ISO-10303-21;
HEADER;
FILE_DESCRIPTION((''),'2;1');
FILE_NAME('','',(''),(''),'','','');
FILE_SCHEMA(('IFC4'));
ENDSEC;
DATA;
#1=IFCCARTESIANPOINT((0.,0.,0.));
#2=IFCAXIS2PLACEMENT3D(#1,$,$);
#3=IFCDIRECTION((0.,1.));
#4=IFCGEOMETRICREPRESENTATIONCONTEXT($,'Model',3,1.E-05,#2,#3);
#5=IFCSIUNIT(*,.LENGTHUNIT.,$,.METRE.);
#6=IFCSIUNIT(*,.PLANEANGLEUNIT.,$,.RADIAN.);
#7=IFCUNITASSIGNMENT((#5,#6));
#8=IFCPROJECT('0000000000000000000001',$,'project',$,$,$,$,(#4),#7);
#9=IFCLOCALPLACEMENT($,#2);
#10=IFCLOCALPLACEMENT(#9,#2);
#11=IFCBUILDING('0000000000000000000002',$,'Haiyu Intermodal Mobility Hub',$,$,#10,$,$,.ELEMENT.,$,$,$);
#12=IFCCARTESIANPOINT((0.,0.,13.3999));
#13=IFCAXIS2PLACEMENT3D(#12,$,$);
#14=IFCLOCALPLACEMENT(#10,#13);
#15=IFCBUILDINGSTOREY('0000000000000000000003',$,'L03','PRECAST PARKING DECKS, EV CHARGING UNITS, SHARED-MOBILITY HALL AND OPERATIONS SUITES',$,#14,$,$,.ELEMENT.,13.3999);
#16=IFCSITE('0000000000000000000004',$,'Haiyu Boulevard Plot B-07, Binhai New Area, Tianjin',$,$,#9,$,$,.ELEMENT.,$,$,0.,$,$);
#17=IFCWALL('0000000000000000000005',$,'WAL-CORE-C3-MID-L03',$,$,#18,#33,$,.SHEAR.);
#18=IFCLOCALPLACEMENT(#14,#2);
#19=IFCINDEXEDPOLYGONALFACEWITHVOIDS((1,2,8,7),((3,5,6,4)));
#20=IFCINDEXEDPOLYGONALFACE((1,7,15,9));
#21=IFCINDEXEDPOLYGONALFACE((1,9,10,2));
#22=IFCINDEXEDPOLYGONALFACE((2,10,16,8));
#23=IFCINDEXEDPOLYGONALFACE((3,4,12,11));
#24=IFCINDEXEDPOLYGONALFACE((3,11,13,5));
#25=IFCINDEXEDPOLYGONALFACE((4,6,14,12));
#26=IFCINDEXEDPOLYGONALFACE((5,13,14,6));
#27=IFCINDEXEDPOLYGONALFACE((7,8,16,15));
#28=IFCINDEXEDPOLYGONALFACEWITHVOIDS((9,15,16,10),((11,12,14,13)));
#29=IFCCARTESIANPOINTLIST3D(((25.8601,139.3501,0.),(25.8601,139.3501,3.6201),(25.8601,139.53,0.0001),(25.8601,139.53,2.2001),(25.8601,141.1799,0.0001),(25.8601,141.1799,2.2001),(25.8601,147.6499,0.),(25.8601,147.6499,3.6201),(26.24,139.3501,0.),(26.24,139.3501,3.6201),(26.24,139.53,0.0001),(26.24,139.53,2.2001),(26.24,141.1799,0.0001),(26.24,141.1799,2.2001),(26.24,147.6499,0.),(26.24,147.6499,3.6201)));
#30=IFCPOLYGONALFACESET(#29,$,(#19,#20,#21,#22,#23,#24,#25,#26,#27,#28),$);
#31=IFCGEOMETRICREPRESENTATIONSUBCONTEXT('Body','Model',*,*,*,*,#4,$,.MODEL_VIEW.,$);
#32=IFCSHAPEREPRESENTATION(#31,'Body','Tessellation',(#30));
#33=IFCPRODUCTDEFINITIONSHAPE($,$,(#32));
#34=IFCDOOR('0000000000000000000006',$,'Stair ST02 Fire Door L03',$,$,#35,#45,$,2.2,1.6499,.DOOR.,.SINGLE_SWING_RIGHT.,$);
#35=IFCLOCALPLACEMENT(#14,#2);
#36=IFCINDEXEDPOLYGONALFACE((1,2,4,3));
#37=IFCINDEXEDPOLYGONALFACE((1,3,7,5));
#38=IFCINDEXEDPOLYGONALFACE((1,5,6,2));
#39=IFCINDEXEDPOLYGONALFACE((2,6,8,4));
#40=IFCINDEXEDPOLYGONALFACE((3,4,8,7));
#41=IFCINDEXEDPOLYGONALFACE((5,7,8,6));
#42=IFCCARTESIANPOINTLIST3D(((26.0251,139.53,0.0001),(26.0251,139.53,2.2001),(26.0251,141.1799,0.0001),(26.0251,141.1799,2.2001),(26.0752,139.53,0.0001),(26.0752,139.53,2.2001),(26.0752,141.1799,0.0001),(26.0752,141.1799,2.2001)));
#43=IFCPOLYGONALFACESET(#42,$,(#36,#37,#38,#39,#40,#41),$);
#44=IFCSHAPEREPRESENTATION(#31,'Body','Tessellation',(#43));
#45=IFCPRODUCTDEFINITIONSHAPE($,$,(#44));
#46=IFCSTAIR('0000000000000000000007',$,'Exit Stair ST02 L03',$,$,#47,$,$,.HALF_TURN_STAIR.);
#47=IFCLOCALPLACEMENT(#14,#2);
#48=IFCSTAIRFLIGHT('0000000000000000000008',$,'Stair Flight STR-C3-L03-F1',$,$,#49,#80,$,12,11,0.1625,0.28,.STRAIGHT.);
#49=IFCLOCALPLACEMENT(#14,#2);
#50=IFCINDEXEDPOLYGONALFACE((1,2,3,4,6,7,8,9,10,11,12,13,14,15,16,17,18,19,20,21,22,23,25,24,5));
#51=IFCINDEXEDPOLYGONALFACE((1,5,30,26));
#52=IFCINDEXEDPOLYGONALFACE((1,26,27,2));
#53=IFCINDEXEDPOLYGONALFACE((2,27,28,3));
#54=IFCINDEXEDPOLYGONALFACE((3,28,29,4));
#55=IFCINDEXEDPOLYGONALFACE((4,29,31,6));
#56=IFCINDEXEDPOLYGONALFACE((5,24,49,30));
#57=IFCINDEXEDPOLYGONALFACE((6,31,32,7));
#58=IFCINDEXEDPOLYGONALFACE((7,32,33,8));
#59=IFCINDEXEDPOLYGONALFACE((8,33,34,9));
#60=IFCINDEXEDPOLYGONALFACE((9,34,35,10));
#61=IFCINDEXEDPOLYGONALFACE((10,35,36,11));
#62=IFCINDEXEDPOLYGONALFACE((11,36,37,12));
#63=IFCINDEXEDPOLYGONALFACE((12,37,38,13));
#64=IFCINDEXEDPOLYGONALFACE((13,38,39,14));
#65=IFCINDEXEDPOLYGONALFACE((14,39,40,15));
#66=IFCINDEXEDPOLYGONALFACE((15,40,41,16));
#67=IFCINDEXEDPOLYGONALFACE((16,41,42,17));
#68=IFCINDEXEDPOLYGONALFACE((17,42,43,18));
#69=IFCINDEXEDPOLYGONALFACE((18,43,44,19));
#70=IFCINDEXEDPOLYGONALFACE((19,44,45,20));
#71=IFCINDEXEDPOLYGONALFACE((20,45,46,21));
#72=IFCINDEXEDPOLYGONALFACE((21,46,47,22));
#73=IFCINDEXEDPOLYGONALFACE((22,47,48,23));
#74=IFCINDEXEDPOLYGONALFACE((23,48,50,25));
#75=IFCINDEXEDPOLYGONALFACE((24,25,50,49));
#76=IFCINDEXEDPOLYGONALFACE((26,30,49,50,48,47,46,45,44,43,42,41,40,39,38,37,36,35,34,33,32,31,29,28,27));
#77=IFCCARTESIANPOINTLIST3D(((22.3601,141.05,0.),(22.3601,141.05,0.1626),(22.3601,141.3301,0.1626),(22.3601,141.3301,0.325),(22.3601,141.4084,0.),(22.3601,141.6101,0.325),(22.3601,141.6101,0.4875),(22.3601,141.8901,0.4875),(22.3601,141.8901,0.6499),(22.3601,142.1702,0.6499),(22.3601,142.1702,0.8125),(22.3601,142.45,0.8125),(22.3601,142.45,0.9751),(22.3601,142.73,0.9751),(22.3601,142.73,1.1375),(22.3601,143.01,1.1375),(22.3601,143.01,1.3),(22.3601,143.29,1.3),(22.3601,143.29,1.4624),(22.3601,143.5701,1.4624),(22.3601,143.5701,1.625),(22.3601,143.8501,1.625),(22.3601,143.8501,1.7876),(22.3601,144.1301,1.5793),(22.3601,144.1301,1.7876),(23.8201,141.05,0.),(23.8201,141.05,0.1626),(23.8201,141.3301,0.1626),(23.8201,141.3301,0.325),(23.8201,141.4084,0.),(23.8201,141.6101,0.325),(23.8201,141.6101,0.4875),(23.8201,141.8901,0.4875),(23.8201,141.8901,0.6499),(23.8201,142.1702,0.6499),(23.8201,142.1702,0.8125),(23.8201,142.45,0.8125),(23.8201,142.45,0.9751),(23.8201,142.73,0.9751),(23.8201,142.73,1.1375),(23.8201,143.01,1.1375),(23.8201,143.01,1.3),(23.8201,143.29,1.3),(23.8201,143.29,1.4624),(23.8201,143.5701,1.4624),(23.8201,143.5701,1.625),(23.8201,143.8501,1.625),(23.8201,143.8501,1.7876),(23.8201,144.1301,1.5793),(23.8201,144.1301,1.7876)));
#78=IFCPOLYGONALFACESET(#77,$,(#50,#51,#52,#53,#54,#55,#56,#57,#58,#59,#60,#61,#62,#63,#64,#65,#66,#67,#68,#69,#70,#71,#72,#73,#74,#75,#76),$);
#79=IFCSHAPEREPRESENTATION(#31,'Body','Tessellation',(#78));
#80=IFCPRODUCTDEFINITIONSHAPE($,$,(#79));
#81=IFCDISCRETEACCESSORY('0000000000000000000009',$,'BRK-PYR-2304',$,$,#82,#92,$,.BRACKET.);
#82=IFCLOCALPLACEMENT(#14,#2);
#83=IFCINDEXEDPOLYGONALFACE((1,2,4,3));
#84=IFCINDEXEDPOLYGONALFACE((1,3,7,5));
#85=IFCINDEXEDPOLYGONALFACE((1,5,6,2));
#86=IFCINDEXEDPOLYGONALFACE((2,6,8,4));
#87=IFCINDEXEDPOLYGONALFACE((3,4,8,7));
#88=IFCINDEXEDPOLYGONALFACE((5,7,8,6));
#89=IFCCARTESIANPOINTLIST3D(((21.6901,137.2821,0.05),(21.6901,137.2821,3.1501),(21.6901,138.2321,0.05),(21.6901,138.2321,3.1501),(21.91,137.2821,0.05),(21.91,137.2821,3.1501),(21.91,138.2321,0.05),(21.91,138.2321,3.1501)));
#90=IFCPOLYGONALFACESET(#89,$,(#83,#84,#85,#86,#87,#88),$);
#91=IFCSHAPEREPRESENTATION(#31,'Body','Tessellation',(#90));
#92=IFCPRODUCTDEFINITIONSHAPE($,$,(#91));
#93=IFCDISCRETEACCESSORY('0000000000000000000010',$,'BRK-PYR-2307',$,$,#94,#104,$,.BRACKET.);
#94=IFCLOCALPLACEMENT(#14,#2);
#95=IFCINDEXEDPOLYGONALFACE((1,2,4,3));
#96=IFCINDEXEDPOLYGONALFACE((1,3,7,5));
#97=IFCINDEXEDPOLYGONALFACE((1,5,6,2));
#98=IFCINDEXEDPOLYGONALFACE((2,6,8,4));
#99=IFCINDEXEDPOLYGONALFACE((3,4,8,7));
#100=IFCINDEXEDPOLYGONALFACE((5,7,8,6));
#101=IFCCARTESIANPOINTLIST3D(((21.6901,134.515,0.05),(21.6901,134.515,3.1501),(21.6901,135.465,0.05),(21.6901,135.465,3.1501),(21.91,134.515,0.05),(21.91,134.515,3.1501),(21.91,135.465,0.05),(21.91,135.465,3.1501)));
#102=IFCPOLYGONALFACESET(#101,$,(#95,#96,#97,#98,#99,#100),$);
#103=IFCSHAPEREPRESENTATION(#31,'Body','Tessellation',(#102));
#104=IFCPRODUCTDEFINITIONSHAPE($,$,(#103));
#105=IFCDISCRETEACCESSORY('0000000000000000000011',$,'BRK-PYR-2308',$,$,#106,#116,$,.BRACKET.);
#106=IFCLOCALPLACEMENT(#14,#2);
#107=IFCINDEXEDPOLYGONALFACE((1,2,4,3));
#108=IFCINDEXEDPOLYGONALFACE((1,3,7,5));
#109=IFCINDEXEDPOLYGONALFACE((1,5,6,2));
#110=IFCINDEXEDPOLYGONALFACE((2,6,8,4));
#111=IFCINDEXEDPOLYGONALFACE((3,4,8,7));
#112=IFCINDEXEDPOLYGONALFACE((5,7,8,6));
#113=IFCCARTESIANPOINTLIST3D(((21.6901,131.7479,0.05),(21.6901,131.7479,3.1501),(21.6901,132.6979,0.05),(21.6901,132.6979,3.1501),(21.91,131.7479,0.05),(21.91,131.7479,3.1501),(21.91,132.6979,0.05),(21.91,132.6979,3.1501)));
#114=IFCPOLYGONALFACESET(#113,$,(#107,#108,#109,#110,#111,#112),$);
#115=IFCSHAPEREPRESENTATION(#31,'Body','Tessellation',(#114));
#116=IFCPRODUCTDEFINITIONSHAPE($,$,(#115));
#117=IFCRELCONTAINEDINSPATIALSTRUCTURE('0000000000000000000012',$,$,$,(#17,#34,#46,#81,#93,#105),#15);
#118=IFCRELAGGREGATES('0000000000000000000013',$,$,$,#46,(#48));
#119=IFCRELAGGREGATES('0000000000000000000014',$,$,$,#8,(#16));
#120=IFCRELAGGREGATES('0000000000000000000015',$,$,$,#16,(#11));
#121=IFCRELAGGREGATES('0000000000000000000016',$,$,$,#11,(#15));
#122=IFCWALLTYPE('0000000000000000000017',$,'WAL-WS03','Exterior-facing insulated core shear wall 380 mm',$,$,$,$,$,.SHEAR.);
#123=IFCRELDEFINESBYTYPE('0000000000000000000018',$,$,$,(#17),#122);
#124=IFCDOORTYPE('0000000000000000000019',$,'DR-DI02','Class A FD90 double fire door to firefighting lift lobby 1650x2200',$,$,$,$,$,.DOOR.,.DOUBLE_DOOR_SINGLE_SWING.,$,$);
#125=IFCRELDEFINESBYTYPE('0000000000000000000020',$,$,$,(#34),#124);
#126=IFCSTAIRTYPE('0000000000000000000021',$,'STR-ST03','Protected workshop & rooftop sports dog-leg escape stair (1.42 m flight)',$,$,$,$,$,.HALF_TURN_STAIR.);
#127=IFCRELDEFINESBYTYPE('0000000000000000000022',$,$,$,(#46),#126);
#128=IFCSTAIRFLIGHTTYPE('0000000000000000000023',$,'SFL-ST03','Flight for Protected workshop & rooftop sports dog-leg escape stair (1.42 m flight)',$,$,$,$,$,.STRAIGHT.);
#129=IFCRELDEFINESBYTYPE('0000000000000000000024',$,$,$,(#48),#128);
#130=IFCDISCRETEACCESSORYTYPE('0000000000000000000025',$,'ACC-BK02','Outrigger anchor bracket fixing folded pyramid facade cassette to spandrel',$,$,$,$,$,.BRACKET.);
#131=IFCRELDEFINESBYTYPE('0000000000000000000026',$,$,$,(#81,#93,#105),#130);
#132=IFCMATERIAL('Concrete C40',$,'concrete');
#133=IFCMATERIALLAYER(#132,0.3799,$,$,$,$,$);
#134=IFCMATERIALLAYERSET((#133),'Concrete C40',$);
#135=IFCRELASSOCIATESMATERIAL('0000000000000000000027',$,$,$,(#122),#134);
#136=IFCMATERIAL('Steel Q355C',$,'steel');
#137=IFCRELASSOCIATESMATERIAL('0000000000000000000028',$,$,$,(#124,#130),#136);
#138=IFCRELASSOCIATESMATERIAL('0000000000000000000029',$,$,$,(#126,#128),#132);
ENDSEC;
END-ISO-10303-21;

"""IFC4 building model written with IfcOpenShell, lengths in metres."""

from ifc_helpers import new_model, si_unit, direction, frame, frame_2d, origin, origin_2d, place, context, subcontext, project, spatial, polyline, rectangle, outline, extrude, material, layer, layer_set, type_object, element, fill, aggregate, save


model = new_model("IFC4")

# Units and contexts
model_context = context("Model", 3, precision=1e-05, world=origin(), true_north=direction((0.0, 1.0)))
body_context = subcontext(model_context, "Body", "Model", "MODEL_VIEW")
ifc_project = project(units=[si_unit("LENGTHUNIT", "METRE"), si_unit("PLANEANGLEUNIT", "RADIAN")], contexts=[model_context])

# Site, building, storey
site_placement = place(None, origin())
site = spatial("IfcSite", under=ifc_project, at=site_placement, Name="Haiyu Boulevard Plot B-07, Binhai New Area, Tianjin", CompositionType="ELEMENT", RefElevation=0.0)
building_placement = place(site_placement, origin())
building = spatial("IfcBuilding", under=site, at=building_placement, Name="Haiyu Intermodal Mobility Hub", CompositionType="ELEMENT")
storey_placement = place(building_placement, frame((0.0, 0.0, 13.3999)))
storey = spatial("IfcBuildingStorey", under=building, at=storey_placement, Name="L03", Description="PRECAST PARKING DECKS, EV CHARGING UNITS, SHARED-MOBILITY HALL AND OPERATIONS SUITES", CompositionType="ELEMENT", Elevation=13.3999)

# Shared definitions
ifc_material_1 = material(Name="Steel Q355C", Category="steel")

# Shared definitions
ifc_material_2 = material(Name="Concrete C40", Category="concrete")
ifc_layer_1 = layer(ifc_material_2, 0.3799)
ifc_layer_set_1 = layer_set([ifc_layer_1], Name="Concrete C40")
wall_type_1 = type_object("IfcWallType", Name="WAL-WS03", Description="Exterior-facing insulated core shear wall 380 mm", PredefinedType="SHEAR", material=ifc_layer_set_1)

# Wall, opening, door
wall_1_placement = place(storey_placement, frame((26.05, 139.3501, 0.0), z_axis=(0.0, 0.0, 1.0), x_axis=(0.0, 1.0, 0.0)))
wall_1 = element("IfcWall", 1, at=wall_1_placement, inside=storey, type_object=wall_type_1, Name="WAL-CORE-C3-MID-L03", PredefinedType="SHEAR", context=body_context, shape_type="SweptSolid", body=[
    extrude(rectangle(XDim=8.2998, YDim=0.3799, at=frame_2d((4.1499, 0.0))), origin(), (0.0, 0.0, 1.0), 3.6201),
])
opening_1_placement = place(wall_1_placement, frame((0.1799, 0.0, 0.0)))
opening_1 = element("IfcOpeningElement", 2, at=opening_1_placement, cuts=wall_1, PredefinedType="OPENING", context=body_context, shape_type="SweptSolid", body=[
    extrude(rectangle(XDim=1.6499, YDim=2.2, at=frame_2d((0.825, 1.1001))), frame((0.0, 0.2, 0.0), z_axis=(0.0, -1.0, 0.0), x_axis=(1.0, 0.0, 0.0)), (0.0, 0.0, 1.0), 0.3999),
])
door_type_1 = type_object("IfcDoorType", Name="DR-DI02", Description="Class A FD90 double fire door to firefighting lift lobby 1650x2200", OperationType="DOUBLE_DOOR_SINGLE_SWING", PredefinedType="DOOR", material=ifc_material_1)
door_1_placement = place(opening_1_placement, origin())
door_1 = element("IfcDoor", 3, at=door_1_placement, inside=storey, type_object=door_type_1, Name="Stair ST02 Fire Door L03", OperationType="SINGLE_SWING_RIGHT", OverallHeight=2.2, OverallWidth=1.6499, PredefinedType="DOOR", context=body_context, shape_type="SweptSolid", body=[
    extrude(rectangle(XDim=1.6499, YDim=2.2, at=frame_2d((0.825, 1.1001))), frame((0.0, 0.0249, 0.0), z_axis=(0.0, -1.0, 0.0), x_axis=(1.0, 0.0, 0.0)), (0.0, 0.0, 1.0), 0.05),
])
fill(opening_1, door_1)

# Stair, stair flight
stair_type = type_object("IfcStairType", Name="STR-ST03", Description="Protected workshop & rooftop sports dog-leg escape stair (1.42 m flight)", PredefinedType="HALF_TURN_STAIR", material=ifc_material_2)
stair_placement = place(storey_placement, origin())
stair = element("IfcStair", 4, at=stair_placement, inside=storey, type_object=stair_type, Name="Exit Stair ST02 L03", PredefinedType="HALF_TURN_STAIR")
stair_flight_type = type_object("IfcStairFlightType", Name="SFL-ST03", Description="Flight for Protected workshop & rooftop sports dog-leg escape stair (1.42 m flight)", PredefinedType="STRAIGHT", material=ifc_material_2)
stair_flight_placement = place(storey_placement, frame((23.0901, 141.05, 0.0), z_axis=(0.0, 0.0, 1.0), x_axis=(0.0, 1.0, 0.0)))
stair_flight = element("IfcStairFlight", 5, at=stair_flight_placement, type_object=stair_flight_type, Name="Stair Flight STR-C3-L03-F1", NumberOfRisers=12, NumberOfTreads=11, PredefinedType="STRAIGHT", RiserHeight=0.1625, TreadLength=0.28, context=body_context, shape_type="SweptSolid", body=[
    extrude(outline(polyline([(0.0, 0.0), (0.0, 0.1626), (0.28, 0.1626), (0.28, 0.325), (0.5601, 0.325), (0.5601, 0.4875), (0.8401, 0.4875), (0.8401, 0.6499), (1.1201, 0.6499), (1.1201, 0.8125), (1.3999, 0.8125), (1.3999, 0.9751), (1.6799, 0.9751), (1.6799, 1.1375), (1.96, 1.1375), (1.96, 1.3), (2.24, 1.3), (2.24, 1.4624), (2.52, 1.4624), (2.52, 1.625), (2.8, 1.625), (2.8, 1.7876), (3.0801, 1.7876), (3.0801, 1.95), (3.0801, 1.5793), (0.3584, 0.0), (0.0, 0.0)])), frame((0.0, 0.73, 0.0), z_axis=(0.0, -1.0, 0.0), x_axis=(1.0, 0.0, 0.0)), (0.0, 0.0, 1.0), 1.46),
])
aggregate(stair, [stair_flight])

# Discrete accessories
discrete_accessory_type = type_object("IfcDiscreteAccessoryType", Name="ACC-BK02", Description="Outrigger anchor bracket fixing folded pyramid facade cassette to spandrel", PredefinedType="BRACKET", material=ifc_material_1)
for number, where, z_axis, x_axis, name in (
    (6, (21.8, 137.7571, 0.05), (0.0, 0.0, 1.0), (1.0, 0.0, 0.0), "BRK-PYR-2304"),
    (7, (21.8, 134.99, 0.05), (0.0, 0.0, 1.0), (1.0, 0.0, 0.0), "BRK-PYR-2307"),
    (8, (21.8, 132.2229, 0.05), (0.0, 0.0, 1.0), (1.0, 0.0, 0.0), "BRK-PYR-2308"),
):
    element("IfcDiscreteAccessory", number, at=place(storey_placement, frame(where, z_axis=z_axis, x_axis=x_axis)), inside=storey, type_object=discrete_accessory_type, Name=name, PredefinedType="BRACKET", context=body_context, shape_type="SweptSolid", body=[
        extrude(rectangle(XDim=0.22, YDim=0.95, at=origin_2d()), origin(), (0.0, 0.0, 1.0), 3.1001),
    ])

save(model, "model.ifc")
